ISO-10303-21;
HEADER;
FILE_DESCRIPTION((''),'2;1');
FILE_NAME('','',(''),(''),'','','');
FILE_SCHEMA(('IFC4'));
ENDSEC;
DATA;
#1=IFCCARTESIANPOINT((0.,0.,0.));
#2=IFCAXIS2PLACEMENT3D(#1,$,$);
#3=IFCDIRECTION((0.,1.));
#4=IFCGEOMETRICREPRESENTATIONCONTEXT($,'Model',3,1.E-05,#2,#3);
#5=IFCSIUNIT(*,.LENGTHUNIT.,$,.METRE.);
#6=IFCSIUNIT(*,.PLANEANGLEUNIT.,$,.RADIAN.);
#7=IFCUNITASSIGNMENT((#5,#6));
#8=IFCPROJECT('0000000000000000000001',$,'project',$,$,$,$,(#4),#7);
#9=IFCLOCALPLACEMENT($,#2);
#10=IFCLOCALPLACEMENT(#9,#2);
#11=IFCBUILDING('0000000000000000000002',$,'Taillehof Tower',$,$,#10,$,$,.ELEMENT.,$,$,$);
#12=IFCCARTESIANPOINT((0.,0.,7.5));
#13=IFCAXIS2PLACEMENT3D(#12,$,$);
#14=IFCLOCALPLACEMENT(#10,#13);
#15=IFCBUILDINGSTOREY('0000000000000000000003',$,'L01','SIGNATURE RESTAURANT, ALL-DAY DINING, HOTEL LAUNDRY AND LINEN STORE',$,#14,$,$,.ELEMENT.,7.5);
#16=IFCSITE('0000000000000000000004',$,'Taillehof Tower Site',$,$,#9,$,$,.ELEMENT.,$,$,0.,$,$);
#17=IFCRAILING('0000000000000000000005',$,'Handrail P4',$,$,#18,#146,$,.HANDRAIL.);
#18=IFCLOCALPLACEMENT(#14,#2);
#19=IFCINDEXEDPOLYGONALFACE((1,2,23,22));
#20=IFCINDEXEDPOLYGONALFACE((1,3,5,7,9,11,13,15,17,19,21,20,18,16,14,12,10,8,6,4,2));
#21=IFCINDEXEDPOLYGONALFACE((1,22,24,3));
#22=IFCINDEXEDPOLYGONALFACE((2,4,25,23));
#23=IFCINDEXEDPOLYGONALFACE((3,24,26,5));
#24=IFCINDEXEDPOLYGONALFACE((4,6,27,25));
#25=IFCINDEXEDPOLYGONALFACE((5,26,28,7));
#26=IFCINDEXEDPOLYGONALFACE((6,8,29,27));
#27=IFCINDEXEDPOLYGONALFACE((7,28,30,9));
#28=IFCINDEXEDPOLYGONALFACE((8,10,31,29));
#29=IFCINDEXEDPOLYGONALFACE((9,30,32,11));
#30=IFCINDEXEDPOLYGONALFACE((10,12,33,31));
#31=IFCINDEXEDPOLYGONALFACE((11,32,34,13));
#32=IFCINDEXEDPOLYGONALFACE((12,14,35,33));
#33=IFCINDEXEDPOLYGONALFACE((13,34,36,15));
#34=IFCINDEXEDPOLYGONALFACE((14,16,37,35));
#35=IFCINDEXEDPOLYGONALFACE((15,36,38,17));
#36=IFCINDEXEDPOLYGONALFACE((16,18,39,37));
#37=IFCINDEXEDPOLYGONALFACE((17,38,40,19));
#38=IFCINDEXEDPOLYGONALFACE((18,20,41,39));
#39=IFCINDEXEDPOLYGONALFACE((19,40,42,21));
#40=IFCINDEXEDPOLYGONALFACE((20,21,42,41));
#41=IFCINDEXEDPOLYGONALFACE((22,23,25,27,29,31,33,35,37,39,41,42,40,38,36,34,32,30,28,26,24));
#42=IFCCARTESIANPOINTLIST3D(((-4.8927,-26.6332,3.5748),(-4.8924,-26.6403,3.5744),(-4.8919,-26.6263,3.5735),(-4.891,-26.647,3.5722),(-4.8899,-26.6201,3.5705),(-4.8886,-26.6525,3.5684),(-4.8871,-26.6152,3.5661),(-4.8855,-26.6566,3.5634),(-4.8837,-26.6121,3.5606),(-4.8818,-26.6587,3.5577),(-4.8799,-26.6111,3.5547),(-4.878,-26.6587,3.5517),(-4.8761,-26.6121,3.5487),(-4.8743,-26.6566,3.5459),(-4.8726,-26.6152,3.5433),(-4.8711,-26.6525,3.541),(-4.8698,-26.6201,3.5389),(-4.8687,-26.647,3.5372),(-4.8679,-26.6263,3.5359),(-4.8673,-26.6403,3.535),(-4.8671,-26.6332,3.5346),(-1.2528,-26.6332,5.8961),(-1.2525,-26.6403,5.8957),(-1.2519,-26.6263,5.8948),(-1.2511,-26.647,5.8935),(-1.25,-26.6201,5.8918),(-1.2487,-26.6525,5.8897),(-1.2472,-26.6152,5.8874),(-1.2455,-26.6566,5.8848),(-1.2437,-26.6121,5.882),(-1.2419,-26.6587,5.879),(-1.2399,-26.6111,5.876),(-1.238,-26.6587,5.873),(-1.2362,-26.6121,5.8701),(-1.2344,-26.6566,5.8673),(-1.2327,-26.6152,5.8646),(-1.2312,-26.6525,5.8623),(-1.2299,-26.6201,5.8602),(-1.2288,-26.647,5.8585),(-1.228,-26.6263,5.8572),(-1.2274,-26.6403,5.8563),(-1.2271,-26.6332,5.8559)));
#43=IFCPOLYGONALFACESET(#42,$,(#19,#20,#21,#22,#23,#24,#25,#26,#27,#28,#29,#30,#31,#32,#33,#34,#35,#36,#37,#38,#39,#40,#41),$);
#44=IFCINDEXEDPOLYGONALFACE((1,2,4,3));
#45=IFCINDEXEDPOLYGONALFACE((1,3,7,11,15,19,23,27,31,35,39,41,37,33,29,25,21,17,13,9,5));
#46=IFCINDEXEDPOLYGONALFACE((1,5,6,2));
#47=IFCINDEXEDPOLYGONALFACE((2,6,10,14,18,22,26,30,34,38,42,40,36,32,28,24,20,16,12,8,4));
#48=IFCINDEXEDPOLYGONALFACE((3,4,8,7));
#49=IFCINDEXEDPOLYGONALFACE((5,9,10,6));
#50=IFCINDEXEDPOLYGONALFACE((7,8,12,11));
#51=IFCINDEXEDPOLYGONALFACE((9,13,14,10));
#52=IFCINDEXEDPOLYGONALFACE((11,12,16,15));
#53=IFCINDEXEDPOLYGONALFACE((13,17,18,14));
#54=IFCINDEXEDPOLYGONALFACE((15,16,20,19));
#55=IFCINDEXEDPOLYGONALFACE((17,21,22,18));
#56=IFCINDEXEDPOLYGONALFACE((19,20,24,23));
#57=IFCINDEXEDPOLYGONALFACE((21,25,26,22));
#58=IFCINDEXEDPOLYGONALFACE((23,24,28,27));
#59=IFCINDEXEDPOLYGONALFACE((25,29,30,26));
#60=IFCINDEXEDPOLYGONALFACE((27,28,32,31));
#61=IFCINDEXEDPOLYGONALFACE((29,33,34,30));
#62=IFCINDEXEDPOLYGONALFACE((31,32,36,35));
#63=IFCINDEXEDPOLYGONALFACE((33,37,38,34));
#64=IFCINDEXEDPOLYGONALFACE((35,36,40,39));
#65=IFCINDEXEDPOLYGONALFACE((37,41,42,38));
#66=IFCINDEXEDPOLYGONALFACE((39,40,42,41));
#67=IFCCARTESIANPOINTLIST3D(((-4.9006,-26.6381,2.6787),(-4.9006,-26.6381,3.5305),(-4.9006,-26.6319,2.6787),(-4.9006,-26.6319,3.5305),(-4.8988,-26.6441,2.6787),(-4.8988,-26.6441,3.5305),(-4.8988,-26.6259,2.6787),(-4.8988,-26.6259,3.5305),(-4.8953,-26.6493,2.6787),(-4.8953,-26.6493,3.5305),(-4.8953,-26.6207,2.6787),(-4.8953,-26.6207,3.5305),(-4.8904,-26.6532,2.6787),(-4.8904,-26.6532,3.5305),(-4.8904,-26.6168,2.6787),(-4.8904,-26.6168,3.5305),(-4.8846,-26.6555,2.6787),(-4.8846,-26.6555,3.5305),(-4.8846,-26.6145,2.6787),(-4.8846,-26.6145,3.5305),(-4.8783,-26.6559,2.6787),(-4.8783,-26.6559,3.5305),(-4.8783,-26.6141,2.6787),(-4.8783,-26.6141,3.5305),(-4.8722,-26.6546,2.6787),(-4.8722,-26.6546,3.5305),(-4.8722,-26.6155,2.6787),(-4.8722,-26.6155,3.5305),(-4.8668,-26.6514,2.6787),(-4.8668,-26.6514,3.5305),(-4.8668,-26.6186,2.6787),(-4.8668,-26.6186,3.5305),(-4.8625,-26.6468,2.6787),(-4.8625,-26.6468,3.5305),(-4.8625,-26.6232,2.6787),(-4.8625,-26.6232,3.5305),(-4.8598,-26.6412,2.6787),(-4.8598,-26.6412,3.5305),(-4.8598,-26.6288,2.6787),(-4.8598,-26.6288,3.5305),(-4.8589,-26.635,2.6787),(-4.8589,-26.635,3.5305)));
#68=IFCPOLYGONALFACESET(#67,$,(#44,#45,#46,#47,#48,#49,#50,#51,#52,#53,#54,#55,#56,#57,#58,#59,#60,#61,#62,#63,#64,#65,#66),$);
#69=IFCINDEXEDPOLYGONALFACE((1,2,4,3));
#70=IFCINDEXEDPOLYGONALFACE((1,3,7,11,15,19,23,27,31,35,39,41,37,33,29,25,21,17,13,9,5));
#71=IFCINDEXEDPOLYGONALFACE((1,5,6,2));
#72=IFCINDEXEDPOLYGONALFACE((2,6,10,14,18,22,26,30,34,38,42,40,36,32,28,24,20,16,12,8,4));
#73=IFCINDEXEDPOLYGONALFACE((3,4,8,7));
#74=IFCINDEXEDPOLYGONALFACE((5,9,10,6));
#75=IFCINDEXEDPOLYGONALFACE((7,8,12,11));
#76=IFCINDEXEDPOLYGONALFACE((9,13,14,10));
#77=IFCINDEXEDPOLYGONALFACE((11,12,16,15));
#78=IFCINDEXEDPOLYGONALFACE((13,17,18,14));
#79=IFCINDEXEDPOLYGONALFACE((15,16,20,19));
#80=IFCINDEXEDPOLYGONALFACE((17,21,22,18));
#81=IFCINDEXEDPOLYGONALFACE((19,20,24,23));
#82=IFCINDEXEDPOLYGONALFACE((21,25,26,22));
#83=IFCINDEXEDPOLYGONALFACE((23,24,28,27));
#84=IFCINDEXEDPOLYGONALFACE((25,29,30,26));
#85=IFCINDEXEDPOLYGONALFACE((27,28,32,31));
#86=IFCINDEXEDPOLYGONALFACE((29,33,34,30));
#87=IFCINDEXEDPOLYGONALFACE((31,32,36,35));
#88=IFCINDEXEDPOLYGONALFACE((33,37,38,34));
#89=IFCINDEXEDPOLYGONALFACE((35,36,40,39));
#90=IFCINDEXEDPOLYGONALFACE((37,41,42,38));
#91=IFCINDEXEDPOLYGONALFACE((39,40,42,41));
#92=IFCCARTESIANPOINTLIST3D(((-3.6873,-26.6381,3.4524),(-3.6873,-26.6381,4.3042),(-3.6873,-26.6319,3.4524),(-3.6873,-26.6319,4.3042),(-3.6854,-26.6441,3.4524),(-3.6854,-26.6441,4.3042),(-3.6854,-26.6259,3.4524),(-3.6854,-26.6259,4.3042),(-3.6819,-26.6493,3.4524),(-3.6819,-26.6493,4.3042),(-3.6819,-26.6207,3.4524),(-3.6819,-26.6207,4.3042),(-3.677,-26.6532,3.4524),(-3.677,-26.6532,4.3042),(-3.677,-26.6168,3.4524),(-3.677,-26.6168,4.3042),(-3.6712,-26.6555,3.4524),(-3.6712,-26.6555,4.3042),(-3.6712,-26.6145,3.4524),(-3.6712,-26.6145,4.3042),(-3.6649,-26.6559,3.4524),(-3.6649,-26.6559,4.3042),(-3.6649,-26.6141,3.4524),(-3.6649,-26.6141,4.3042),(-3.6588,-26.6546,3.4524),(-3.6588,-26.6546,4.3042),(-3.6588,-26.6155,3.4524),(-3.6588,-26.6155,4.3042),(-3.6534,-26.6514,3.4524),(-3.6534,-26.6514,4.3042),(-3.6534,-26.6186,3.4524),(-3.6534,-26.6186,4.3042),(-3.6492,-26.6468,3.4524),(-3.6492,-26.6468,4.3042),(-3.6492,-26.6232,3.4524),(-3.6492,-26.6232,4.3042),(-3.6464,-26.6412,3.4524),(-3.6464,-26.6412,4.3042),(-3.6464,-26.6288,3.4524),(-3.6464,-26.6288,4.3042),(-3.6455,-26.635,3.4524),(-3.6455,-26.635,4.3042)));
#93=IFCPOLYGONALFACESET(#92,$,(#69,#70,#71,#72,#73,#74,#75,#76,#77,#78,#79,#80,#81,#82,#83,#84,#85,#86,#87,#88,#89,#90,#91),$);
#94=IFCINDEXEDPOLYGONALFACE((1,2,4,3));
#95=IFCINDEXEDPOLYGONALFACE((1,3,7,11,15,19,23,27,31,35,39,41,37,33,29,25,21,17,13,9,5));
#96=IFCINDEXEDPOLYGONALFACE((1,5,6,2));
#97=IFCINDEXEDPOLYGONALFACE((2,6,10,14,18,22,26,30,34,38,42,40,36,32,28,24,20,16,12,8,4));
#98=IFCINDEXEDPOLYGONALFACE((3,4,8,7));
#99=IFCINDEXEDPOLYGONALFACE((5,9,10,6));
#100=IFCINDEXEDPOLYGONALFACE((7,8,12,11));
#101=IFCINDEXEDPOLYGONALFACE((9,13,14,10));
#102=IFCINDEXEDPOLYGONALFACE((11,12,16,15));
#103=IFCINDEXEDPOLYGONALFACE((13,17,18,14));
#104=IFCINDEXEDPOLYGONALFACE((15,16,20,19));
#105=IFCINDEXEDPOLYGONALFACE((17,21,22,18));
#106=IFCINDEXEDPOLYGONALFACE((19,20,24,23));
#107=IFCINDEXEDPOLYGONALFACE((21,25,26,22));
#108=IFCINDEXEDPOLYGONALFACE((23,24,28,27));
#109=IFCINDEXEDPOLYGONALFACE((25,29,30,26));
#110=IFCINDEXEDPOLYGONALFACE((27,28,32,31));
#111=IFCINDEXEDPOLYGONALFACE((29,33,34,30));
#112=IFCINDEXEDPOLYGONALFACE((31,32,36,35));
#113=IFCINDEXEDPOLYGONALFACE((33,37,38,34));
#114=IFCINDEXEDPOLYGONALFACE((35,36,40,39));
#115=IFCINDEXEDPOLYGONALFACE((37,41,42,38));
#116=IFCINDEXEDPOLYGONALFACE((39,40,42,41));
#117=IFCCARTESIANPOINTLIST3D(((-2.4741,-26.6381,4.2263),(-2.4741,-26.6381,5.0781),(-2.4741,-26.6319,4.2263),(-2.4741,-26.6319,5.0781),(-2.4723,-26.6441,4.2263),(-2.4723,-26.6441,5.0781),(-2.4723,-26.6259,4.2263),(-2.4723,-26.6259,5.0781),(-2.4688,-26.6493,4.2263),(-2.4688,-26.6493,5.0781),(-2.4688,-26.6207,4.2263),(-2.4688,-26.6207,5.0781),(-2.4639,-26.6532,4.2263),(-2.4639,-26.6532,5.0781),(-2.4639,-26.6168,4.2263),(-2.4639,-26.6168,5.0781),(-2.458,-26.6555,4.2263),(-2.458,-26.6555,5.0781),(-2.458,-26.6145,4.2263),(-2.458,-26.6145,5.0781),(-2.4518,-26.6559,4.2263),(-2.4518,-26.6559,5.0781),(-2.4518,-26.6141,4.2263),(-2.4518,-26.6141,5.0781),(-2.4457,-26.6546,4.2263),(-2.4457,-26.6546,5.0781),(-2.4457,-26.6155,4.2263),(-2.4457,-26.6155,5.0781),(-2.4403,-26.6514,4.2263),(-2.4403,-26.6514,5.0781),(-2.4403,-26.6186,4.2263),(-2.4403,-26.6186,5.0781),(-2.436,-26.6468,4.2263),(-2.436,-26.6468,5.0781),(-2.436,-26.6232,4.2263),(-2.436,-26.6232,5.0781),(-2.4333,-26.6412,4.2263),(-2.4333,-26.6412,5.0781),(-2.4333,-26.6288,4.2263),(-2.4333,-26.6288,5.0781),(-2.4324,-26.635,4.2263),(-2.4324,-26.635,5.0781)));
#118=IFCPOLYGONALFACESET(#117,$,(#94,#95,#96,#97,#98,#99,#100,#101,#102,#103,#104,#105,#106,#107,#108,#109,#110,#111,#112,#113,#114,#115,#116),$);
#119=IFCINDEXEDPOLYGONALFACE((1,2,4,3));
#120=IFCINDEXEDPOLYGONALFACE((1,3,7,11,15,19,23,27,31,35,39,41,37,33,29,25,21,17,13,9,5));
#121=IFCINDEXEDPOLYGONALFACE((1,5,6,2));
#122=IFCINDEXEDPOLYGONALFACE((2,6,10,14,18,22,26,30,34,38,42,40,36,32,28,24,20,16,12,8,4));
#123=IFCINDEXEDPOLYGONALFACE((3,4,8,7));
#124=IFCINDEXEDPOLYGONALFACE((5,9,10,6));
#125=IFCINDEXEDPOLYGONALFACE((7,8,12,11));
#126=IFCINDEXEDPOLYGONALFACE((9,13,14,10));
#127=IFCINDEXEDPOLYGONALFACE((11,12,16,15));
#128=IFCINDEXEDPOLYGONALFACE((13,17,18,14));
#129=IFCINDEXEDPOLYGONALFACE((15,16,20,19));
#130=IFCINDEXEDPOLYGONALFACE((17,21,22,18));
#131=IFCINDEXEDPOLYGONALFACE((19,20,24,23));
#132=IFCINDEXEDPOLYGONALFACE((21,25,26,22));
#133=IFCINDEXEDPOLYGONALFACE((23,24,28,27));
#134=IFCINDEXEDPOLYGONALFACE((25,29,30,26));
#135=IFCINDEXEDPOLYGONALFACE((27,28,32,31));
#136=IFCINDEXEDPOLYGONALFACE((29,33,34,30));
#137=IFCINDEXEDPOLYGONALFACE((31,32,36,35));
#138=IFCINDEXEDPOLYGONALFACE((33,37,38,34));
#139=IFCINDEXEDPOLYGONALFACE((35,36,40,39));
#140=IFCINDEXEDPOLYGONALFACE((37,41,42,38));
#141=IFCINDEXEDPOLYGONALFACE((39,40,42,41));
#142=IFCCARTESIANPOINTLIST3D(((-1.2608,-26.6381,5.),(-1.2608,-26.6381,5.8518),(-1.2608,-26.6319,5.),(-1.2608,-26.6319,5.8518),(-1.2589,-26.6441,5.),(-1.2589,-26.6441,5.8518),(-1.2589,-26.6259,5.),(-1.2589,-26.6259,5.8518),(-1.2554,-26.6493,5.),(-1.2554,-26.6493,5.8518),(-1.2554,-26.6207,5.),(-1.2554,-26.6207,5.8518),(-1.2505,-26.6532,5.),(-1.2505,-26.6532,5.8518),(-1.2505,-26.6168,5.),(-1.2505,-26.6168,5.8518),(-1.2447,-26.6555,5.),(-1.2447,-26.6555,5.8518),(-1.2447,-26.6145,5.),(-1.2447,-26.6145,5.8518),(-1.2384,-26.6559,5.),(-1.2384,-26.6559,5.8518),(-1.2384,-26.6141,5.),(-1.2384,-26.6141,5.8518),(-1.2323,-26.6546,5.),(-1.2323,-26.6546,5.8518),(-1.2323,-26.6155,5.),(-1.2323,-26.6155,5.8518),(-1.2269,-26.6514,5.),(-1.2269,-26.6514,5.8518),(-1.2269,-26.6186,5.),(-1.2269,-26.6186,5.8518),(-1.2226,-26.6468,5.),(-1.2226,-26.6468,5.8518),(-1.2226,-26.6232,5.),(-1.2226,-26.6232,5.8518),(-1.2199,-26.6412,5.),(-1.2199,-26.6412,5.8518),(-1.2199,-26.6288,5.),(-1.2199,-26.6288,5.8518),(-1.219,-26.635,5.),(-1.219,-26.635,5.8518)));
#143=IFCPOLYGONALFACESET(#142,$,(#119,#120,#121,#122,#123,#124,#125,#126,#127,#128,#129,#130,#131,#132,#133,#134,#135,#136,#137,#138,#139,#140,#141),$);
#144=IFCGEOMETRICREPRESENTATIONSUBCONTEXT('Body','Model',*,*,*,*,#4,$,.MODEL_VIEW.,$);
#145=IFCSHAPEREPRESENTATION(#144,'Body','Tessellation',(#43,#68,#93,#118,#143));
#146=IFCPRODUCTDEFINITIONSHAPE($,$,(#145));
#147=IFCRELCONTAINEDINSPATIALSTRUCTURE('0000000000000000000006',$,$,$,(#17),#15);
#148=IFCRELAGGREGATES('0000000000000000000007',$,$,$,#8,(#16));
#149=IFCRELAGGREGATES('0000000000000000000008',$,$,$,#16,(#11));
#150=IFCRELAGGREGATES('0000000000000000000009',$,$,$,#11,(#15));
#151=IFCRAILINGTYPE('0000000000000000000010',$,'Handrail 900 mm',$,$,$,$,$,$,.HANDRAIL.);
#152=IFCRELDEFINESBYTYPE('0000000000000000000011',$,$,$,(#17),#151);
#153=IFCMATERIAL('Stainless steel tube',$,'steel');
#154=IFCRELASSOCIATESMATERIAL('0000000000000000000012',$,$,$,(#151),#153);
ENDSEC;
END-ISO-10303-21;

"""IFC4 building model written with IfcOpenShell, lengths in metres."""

from ifc_helpers import new_model, si_unit, direction, frame, origin, origin_2d, place, context, subcontext, project, spatial, circle, extrude, material, type_object, element, save


model = new_model("IFC4")

# Units and contexts
model_context = context("Model", 3, precision=1e-05, world=origin(), true_north=direction((0.0, 1.0)))
body_context = subcontext(model_context, "Body", "Model", "MODEL_VIEW")
ifc_project = project(units=[si_unit("LENGTHUNIT", "METRE"), si_unit("PLANEANGLEUNIT", "RADIAN")], contexts=[model_context])

# Site, building, storey
site_placement = place(None, origin())
site = spatial("IfcSite", under=ifc_project, at=site_placement, Name="Taillehof Tower Site", CompositionType="ELEMENT", RefElevation=0.0)
building_placement = place(site_placement, origin())
building = spatial("IfcBuilding", under=site, at=building_placement, Name="Taillehof Tower", CompositionType="ELEMENT")
storey_placement = place(building_placement, frame((0.0, 0.0, 7.5)))
storey = spatial("IfcBuildingStorey", under=building, at=storey_placement, Name="L01", Description="SIGNATURE RESTAURANT, ALL-DAY DINING, HOTEL LAUNDRY AND LINEN STORE", CompositionType="ELEMENT", Elevation=7.5)

# Railing
ifc_material_1 = material(Name="Stainless steel tube", Category="steel")
railing_type_1 = type_object("IfcRailingType", Name="Handrail 900 mm", PredefinedType="HANDRAIL", material=ifc_material_1)
for number, where, name in (
    (1, (-4.8799, -26.635, 2.6787), "Handrail P4"),
):
    element("IfcRailing", number, at=place(storey_placement, frame(where)), inside=storey, type_object=railing_type_1, Name=name, PredefinedType="HANDRAIL", context=body_context, shape_type="SweptSolid", body=[
        extrude(circle(Radius=0.0239, at=origin_2d()), frame((0.0, 0.0, 0.876), z_axis=(0.843137, 0.0, 0.537699), x_axis=(0.0, 1.0, 0.0)), (0.0, 0.0, 1.0), 4.3171),
        extrude(circle(Radius=0.021, at=origin_2d()), origin(), (0.0, 0.0, 1.0), 0.8518),
        extrude(circle(Radius=0.021, at=origin_2d()), frame((1.2134, 0.0, 0.7737)), (0.0, 0.0, 1.0), 0.8518),
        extrude(circle(Radius=0.021, at=origin_2d()), frame((2.4265, 0.0, 1.5476)), (0.0, 0.0, 1.0), 0.8518),
        extrude(circle(Radius=0.021, at=origin_2d()), frame((3.6399, 0.0, 2.3213)), (0.0, 0.0, 1.0), 0.8518),
    ])

save(model, "model.ifc")
